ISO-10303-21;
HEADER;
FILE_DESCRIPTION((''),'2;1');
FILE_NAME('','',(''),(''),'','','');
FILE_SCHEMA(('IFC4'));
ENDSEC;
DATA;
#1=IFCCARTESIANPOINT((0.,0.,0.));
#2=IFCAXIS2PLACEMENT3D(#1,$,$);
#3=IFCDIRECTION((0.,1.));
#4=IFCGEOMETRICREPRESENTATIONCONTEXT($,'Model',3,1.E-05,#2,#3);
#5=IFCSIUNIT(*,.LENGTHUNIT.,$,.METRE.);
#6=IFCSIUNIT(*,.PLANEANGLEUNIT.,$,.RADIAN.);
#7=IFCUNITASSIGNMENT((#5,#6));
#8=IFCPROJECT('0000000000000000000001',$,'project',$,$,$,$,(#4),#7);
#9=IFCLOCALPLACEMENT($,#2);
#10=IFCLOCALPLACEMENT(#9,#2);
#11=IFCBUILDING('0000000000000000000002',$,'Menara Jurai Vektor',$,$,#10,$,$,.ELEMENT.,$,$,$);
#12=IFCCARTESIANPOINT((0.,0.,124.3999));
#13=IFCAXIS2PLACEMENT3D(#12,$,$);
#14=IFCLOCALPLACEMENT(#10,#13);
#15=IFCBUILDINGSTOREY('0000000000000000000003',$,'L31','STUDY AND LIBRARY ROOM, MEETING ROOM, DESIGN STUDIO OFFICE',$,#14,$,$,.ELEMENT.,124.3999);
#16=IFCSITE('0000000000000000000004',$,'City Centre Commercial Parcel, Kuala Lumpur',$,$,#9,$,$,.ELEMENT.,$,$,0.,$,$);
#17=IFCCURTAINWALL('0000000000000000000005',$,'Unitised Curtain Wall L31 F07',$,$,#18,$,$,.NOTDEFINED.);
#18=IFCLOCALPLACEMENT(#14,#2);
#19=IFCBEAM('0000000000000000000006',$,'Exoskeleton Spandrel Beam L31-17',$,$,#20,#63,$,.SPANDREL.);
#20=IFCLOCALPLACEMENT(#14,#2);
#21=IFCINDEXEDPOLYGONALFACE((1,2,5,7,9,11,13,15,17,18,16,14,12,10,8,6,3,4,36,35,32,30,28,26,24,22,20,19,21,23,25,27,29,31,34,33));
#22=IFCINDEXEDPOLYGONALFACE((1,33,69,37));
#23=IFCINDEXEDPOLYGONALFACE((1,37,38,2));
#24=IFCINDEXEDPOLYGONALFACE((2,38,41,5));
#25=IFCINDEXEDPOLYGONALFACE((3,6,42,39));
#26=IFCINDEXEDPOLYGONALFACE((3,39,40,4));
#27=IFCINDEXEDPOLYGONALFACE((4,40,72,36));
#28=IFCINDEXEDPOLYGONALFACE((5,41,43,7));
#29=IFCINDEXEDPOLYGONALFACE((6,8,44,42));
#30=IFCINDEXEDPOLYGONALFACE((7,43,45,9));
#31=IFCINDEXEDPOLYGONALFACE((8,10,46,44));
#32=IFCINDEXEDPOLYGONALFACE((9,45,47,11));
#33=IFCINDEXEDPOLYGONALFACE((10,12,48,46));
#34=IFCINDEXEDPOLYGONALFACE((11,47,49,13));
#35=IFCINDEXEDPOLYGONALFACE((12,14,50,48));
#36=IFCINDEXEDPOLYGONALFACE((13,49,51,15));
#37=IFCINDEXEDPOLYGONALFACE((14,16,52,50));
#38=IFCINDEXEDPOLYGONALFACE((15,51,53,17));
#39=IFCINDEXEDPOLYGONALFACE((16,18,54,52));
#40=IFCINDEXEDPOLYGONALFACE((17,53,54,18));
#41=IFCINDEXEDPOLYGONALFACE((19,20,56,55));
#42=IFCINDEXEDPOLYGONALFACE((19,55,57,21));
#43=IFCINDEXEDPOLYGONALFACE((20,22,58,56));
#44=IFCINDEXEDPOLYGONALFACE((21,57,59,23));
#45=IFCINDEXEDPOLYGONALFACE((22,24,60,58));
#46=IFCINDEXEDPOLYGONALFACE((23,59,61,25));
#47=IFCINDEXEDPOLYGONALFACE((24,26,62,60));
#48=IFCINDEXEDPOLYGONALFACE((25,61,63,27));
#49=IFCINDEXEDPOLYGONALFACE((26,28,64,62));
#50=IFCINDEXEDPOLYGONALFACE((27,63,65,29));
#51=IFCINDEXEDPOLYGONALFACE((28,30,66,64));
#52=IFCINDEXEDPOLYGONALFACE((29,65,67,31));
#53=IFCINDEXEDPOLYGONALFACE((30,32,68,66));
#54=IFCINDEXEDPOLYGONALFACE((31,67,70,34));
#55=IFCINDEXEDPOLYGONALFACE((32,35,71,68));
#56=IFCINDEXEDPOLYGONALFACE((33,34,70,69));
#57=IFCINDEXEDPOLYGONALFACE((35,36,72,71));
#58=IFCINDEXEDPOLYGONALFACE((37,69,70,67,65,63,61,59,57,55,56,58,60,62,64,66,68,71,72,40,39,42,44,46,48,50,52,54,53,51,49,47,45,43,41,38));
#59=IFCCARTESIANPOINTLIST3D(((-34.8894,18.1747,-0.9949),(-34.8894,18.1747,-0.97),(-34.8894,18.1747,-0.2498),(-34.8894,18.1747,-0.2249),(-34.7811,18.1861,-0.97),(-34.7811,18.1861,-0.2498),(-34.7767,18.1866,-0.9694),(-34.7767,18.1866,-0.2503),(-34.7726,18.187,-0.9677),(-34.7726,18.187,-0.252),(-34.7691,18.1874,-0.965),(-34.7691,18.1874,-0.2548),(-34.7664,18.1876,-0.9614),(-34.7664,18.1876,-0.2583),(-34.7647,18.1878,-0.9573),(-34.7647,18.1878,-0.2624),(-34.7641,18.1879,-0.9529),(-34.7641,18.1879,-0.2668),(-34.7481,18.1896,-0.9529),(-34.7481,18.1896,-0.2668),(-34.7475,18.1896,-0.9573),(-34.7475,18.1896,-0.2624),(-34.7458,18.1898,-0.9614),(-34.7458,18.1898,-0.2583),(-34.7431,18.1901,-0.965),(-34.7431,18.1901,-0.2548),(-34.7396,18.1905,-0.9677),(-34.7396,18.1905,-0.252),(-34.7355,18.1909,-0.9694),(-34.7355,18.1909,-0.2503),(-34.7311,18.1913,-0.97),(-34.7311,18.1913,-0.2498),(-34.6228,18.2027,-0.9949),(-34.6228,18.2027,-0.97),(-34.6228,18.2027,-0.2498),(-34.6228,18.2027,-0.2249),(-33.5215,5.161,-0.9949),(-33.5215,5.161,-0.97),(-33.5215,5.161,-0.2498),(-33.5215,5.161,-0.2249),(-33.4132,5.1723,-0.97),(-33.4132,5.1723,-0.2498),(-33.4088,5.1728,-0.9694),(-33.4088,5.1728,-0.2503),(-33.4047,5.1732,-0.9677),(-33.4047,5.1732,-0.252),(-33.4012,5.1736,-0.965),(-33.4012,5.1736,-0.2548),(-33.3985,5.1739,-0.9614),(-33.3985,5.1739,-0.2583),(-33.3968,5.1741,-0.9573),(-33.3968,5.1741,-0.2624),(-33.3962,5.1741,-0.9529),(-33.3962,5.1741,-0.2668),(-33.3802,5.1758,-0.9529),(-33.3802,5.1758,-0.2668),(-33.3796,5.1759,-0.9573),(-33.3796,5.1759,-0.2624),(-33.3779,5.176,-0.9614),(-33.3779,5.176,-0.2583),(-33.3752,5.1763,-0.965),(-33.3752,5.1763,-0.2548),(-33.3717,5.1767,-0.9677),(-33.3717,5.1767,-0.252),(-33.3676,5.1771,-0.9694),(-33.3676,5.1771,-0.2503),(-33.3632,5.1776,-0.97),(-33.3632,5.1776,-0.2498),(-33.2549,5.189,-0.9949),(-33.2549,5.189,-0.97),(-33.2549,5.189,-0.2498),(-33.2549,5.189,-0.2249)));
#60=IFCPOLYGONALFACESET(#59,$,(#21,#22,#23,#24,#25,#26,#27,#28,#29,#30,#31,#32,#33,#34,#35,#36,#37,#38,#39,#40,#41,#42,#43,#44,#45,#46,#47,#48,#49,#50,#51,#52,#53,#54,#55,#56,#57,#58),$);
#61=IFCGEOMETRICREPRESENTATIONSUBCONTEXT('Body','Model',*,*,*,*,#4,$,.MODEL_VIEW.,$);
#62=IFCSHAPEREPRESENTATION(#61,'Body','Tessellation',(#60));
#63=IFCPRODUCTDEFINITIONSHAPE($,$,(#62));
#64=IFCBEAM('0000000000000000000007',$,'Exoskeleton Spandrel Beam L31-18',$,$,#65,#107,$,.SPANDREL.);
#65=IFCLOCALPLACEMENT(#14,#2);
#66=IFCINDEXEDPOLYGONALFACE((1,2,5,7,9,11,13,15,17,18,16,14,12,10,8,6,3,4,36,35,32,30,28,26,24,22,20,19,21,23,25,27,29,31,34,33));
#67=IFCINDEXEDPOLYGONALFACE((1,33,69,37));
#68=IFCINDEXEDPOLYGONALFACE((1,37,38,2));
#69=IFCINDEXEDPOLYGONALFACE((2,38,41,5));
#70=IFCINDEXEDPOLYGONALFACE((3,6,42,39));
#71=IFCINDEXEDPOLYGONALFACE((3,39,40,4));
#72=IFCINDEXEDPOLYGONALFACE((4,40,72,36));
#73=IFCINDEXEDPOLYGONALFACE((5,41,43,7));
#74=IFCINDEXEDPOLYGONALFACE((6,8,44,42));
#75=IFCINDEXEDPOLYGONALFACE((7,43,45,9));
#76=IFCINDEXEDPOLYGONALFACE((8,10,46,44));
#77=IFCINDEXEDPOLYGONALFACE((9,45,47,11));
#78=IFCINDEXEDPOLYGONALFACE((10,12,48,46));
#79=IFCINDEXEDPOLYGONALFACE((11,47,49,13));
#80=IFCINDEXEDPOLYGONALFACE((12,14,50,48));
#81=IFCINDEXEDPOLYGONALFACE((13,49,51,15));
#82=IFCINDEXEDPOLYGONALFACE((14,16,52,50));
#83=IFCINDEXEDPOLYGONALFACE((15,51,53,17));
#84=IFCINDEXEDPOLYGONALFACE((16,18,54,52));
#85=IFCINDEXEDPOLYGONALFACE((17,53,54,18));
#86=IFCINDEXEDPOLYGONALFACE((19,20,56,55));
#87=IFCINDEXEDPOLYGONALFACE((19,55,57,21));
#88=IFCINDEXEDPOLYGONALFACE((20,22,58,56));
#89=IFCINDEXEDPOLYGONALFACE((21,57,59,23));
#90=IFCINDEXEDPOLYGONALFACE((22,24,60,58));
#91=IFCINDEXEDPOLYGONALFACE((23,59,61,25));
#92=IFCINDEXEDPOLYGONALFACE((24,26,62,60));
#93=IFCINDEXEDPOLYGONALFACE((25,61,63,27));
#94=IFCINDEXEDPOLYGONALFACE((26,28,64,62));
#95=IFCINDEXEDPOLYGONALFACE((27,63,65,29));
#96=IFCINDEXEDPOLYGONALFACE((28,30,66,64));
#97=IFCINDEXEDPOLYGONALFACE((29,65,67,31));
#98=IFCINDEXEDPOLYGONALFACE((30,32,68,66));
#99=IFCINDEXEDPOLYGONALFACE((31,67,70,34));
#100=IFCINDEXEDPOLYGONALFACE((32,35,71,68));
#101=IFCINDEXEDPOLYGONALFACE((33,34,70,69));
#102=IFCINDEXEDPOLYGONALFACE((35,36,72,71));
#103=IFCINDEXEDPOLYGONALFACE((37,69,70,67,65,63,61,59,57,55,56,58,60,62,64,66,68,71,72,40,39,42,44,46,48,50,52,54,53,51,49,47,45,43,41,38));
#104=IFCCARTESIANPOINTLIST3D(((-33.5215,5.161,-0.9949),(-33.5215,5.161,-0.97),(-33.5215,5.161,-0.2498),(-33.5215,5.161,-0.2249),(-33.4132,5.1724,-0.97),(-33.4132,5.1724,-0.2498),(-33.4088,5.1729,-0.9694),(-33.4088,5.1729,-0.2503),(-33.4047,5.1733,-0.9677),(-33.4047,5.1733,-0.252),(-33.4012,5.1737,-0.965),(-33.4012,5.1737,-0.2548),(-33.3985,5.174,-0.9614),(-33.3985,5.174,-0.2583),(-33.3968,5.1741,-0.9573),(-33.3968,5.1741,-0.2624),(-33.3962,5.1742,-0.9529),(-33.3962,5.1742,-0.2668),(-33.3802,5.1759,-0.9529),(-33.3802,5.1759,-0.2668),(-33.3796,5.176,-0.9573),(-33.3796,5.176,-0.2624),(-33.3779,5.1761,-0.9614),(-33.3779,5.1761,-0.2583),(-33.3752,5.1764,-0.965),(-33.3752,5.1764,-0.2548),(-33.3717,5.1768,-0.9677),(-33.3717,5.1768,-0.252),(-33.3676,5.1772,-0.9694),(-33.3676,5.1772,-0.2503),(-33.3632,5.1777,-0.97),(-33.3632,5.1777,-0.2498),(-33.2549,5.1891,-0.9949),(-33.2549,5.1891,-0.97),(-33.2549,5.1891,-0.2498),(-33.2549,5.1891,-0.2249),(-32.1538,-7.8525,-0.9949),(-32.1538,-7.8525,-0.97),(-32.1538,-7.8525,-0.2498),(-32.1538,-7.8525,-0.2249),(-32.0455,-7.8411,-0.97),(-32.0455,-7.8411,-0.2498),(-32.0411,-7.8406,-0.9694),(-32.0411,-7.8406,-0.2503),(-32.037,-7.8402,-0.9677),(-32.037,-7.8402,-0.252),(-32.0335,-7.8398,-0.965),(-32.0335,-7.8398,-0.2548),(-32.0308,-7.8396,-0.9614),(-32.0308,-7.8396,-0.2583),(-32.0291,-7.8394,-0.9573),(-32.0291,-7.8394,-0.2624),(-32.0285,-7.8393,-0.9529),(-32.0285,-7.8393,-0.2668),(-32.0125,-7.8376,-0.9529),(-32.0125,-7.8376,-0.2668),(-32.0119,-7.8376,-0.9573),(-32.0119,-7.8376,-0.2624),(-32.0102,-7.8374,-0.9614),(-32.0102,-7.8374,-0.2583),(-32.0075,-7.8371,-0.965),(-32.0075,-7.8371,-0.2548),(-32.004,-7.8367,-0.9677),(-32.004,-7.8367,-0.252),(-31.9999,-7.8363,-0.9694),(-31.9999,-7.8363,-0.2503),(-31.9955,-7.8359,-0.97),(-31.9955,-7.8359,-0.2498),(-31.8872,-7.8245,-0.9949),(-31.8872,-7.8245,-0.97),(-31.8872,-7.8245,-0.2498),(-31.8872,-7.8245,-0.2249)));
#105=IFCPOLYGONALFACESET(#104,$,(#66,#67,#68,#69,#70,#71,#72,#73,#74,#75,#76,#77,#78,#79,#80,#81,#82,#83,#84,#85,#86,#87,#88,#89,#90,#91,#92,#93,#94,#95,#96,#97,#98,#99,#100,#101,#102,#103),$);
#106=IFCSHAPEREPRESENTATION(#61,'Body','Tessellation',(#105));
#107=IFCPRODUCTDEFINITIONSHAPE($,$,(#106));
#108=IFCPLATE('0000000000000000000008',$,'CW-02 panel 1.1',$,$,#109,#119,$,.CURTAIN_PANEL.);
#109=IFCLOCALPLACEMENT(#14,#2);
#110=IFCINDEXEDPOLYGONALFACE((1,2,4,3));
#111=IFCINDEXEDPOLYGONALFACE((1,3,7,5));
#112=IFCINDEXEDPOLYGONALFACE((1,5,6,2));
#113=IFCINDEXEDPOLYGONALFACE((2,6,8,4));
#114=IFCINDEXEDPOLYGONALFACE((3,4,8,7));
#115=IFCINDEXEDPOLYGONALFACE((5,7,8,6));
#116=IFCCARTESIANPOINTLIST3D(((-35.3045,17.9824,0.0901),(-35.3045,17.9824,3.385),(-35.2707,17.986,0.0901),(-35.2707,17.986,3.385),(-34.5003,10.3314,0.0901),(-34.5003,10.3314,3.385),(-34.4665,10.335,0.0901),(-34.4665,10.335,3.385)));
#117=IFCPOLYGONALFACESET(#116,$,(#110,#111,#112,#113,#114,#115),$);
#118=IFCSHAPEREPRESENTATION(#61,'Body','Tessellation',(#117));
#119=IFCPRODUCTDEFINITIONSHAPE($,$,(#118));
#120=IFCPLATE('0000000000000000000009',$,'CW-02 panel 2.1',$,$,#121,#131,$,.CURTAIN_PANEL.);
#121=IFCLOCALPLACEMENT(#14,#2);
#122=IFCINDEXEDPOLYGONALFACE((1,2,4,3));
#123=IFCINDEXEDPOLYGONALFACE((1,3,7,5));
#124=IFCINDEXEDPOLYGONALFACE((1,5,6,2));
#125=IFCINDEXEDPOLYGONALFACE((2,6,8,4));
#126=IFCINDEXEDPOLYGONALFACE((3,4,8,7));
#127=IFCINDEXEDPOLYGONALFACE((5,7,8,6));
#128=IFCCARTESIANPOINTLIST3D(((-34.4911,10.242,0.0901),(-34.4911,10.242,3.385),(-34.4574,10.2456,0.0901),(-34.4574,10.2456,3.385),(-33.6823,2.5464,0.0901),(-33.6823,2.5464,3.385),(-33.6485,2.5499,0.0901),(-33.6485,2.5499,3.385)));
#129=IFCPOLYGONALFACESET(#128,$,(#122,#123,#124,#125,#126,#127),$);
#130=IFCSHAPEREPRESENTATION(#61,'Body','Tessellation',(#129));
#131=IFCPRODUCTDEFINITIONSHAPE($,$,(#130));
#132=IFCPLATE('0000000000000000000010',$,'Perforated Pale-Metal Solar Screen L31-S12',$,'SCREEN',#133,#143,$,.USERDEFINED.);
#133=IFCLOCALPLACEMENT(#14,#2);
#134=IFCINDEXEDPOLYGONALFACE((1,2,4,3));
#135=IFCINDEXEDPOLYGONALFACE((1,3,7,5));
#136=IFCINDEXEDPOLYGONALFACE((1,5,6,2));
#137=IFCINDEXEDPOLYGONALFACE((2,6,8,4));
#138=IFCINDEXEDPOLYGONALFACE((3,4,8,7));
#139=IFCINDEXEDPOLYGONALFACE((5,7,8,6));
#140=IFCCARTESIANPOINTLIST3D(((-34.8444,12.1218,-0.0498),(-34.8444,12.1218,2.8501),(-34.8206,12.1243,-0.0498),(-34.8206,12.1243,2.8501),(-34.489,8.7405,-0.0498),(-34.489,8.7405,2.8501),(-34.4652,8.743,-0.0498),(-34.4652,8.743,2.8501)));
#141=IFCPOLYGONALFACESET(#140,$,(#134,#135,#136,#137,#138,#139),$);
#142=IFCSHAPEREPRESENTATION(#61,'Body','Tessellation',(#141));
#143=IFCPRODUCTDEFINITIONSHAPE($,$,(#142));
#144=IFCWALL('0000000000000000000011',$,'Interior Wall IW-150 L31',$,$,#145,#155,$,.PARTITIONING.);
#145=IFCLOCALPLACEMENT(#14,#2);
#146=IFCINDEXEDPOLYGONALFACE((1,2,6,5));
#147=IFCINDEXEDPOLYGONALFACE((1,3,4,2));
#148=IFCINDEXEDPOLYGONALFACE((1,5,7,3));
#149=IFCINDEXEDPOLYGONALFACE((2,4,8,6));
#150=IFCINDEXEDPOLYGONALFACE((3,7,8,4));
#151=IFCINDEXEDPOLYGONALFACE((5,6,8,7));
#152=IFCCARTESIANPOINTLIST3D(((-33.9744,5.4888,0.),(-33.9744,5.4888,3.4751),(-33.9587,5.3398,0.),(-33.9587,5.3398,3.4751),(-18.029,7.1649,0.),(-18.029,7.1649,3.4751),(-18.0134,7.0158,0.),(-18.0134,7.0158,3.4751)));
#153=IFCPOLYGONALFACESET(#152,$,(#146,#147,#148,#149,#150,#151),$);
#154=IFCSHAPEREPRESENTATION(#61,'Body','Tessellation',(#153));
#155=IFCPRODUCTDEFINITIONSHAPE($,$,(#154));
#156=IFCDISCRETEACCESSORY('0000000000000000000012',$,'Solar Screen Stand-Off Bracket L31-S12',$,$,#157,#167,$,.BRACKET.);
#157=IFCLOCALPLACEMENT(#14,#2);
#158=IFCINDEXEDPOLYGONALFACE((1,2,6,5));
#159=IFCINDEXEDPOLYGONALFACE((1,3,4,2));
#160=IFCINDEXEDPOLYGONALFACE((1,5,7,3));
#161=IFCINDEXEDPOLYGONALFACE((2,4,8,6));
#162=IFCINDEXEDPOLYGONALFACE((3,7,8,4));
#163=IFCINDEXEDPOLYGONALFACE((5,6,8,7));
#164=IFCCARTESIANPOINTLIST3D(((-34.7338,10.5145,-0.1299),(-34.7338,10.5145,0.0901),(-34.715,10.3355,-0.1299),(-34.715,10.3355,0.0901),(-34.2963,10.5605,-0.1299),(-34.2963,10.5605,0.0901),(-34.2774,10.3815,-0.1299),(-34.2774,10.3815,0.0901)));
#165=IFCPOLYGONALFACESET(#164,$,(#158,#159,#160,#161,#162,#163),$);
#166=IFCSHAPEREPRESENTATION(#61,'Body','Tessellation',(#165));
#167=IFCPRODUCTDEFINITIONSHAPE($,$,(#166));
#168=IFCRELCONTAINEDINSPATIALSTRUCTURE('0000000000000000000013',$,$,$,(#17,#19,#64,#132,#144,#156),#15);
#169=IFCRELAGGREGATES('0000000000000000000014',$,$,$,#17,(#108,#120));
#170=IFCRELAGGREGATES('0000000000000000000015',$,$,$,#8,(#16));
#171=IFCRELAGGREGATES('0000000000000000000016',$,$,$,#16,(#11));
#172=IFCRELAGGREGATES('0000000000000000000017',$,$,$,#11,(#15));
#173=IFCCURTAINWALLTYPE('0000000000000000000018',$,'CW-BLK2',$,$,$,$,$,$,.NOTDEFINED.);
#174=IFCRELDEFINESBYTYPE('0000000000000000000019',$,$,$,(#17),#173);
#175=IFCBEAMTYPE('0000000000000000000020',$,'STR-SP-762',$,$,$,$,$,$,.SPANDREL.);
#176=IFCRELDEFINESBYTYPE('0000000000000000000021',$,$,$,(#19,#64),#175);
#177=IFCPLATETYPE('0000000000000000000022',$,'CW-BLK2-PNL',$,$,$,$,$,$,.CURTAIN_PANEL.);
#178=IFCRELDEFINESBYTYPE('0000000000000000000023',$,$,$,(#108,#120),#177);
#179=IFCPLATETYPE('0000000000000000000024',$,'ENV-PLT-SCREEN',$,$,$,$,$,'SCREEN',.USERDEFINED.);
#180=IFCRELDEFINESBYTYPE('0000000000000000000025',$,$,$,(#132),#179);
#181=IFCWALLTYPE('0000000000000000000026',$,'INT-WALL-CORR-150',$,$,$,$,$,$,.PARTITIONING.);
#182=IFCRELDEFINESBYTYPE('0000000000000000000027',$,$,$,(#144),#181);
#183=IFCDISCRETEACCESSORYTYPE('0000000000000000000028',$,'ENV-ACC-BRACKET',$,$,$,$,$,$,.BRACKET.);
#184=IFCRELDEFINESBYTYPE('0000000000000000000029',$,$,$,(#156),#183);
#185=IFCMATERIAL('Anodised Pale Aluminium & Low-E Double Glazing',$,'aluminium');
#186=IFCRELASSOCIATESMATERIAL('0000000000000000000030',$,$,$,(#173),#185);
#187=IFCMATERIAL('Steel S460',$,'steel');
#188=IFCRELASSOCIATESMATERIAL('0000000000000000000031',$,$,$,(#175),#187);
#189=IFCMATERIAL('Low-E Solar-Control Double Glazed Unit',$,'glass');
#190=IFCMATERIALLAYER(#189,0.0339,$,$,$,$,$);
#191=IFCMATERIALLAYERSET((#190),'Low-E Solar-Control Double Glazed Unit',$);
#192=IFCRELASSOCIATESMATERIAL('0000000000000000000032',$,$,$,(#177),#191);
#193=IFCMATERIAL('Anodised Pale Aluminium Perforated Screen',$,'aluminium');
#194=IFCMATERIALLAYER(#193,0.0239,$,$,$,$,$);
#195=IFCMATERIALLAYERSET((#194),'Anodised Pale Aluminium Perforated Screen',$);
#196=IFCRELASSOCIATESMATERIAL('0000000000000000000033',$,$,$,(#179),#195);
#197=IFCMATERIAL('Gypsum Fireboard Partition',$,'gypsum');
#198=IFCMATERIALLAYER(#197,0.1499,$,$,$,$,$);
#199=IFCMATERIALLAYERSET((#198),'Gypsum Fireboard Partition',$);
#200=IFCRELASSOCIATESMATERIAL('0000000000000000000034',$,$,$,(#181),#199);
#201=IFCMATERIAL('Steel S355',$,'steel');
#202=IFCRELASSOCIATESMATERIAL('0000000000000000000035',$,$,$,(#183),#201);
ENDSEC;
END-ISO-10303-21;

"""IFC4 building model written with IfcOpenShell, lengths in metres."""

from ifc_helpers import new_model, si_unit, direction, frame, frame_2d, origin, origin_2d, place, context, subcontext, project, spatial, rectangle, i_section, extrude, material, layer, layer_set, material_profile, profile_set, type_object, element, aggregate, save


model = new_model("IFC4")

# Units and contexts
model_context = context("Model", 3, precision=1e-05, world=origin(), true_north=direction((0.0, 1.0)))
body_context = subcontext(model_context, "Body", "Model", "MODEL_VIEW")
ifc_project = project(units=[si_unit("LENGTHUNIT", "METRE"), si_unit("PLANEANGLEUNIT", "RADIAN")], contexts=[model_context])

# Site, building, storey
site_placement = place(None, origin())
site = spatial("IfcSite", under=ifc_project, at=site_placement, Name="City Centre Commercial Parcel, Kuala Lumpur", CompositionType="ELEMENT", RefElevation=0.0)
building_placement = place(site_placement, origin())
building = spatial("IfcBuilding", under=site, at=building_placement, Name="Menara Jurai Vektor", CompositionType="ELEMENT")
storey_placement = place(building_placement, frame((0.0, 0.0, 124.3999)))
storey = spatial("IfcBuildingStorey", under=building, at=storey_placement, Name="L31", Description="STUDY AND LIBRARY ROOM, MEETING ROOM, DESIGN STUDIO OFFICE", CompositionType="ELEMENT", Elevation=124.3999)

# Shared definitions
ifc_material_1 = material(Name="Steel S460", Category="steel")

# Curtain wall
ifc_material_2 = material(Name="Anodised Pale Aluminium & Low-E Double Glazing", Category="aluminium")
curtain_wall_type = type_object("IfcCurtainWallType", Name="CW-BLK2", PredefinedType="NOTDEFINED", material=ifc_material_2)
curtain_wall_placement = place(storey_placement, origin())
curtain_wall = element("IfcCurtainWall", 1, at=curtain_wall_placement, inside=storey, type_object=curtain_wall_type, Name="Unitised Curtain Wall L31 F07", PredefinedType="NOTDEFINED")

# Beams
ifc_material_3 = material(Name="Steel S355", Category="steel")
ifc_material_profile_1 = material_profile(ifc_material_1, i_section(OverallWidth=0.2681, OverallDepth=0.77, WebThickness=0.0161, FlangeThickness=0.0249, FilletRadius=0.0171, at=origin_2d()), Name="UKB 762x267x197")
ifc_profile_set_1 = profile_set([ifc_material_profile_1], Name="Steel S460")
beam_type_1 = type_object("IfcBeamType", Name="STR-SP-762", PredefinedType="SPANDREL", material=ifc_profile_set_1)
beam_1_placement = place(storey_placement, frame((-34.7561, 18.1887, -0.6099), z_axis=(0.104538, -0.994521, 0.0), x_axis=(0.994521, 0.104538, 0.0)))
element("IfcBeam", 2, at=beam_1_placement, inside=storey, type_object=beam_type_1, Name="Exoskeleton Spandrel Beam L31-17", PredefinedType="SPANDREL", context=body_context, shape_type="SweptSolid", body=[
    extrude(i_section(OverallWidth=0.2681, OverallDepth=0.77, WebThickness=0.0161, FlangeThickness=0.0249, FilletRadius=0.0171, at=origin_2d()), origin(), (0.0, 0.0, 1.0), 13.0854),
])
beam_2_placement = place(storey_placement, frame((-33.3882, 5.175, -0.6099), z_axis=(0.104522, -0.994523, 0.0), x_axis=(0.994523, 0.104522, 0.0)))
element("IfcBeam", 3, at=beam_2_placement, inside=storey, type_object=beam_type_1, Name="Exoskeleton Spandrel Beam L31-18", PredefinedType="SPANDREL", context=body_context, shape_type="SweptSolid", body=[
    extrude(i_section(OverallWidth=0.2681, OverallDepth=0.77, WebThickness=0.0161, FlangeThickness=0.0249, FilletRadius=0.0171, at=origin_2d()), origin(), (0.0, 0.0, 1.0), 13.0852),
])

# Plates
ifc_material_4 = material(Name="Low-E Solar-Control Double Glazed Unit", Category="glass")
ifc_layer_1 = layer(ifc_material_4, 0.0339)
ifc_layer_set_1 = layer_set([ifc_layer_1], Name="Low-E Solar-Control Double Glazed Unit")
plate_type_1 = type_object("IfcPlateType", Name="CW-BLK2-PNL", PredefinedType="CURTAIN_PANEL", material=ifc_layer_set_1)
plate_1_placement = place(storey_placement, frame((-34.8855, 14.1587, 0.0901), z_axis=(0.0, 0.0, 1.0), x_axis=(0.10453, -0.994522, 0.0)))
plate_1 = element("IfcPlate", 4, at=plate_1_placement, type_object=plate_type_1, Name="CW-02 panel 1.1", PredefinedType="CURTAIN_PANEL", context=body_context, shape_type="SweptSolid", body=[
    extrude(rectangle(XDim=7.6931, YDim=0.0339, at=origin_2d()), origin(), (0.0, 0.0, 1.0), 3.2949),
])
plate_2_placement = place(storey_placement, frame((-34.0698, 6.396, 0.0901), z_axis=(0.0, 0.0, 1.0), x_axis=(0.10453, -0.994522, 0.0)))
plate_2 = element("IfcPlate", 5, at=plate_2_placement, type_object=plate_type_1, Name="CW-02 panel 2.1", PredefinedType="CURTAIN_PANEL", context=body_context, shape_type="SweptSolid", body=[
    extrude(rectangle(XDim=7.738, YDim=0.0339, at=origin_2d()), origin(), (0.0, 0.0, 1.0), 3.2949),
])
aggregate(curtain_wall, [plate_1, plate_2])
ifc_material_5 = material(Name="Anodised Pale Aluminium Perforated Screen", Category="aluminium")
ifc_layer_2 = layer(ifc_material_5, 0.0239)
ifc_layer_set_2 = layer_set([ifc_layer_2], Name="Anodised Pale Aluminium Perforated Screen")
plate_type_2 = type_object("IfcPlateType", Name="ENV-PLT-SCREEN", ElementType="SCREEN", PredefinedType="USERDEFINED", material=ifc_layer_set_2)
plate_3_placement = place(storey_placement, frame((-34.6548, 10.4324, -0.0498), z_axis=(0.0, 0.0, 1.0), x_axis=(0.104528, -0.994522, 0.0)))
element("IfcPlate", 6, at=plate_3_placement, inside=storey, type_object=plate_type_2, Name="Perforated Pale-Metal Solar Screen L31-S12", ObjectType="SCREEN", PredefinedType="USERDEFINED", context=body_context, shape_type="SweptSolid", body=[
    extrude(rectangle(XDim=3.3999, YDim=0.0239, at=origin_2d()), origin(), (0.0, 0.0, 1.0), 2.8999),
])

# Wall
ifc_material_6 = material(Name="Gypsum Fireboard Partition", Category="gypsum")
ifc_layer_3 = layer(ifc_material_6, 0.1499)
ifc_layer_set_3 = layer_set([ifc_layer_3], Name="Gypsum Fireboard Partition")
wall_type = type_object("IfcWallType", Name="INT-WALL-CORR-150", PredefinedType="PARTITIONING", material=ifc_layer_set_3)
wall_placement = place(storey_placement, frame((-33.9666, 5.4143, 0.0), z_axis=(0.0, 0.0, 1.0), x_axis=(0.994521, 0.104535, 0.0)))
element("IfcWall", 7, at=wall_placement, inside=storey, type_object=wall_type, Name="Interior Wall IW-150 L31", PredefinedType="PARTITIONING", context=body_context, shape_type="SweptSolid", body=[
    extrude(rectangle(XDim=16.0332, YDim=0.1499, at=frame_2d((8.0166, 0.0))), origin(), (0.0, 0.0, 1.0), 3.4751),
])

# Discrete accessory
discrete_accessory_type = type_object("IfcDiscreteAccessoryType", Name="ENV-ACC-BRACKET", PredefinedType="BRACKET", material=ifc_material_3)
discrete_accessory_placement = place(storey_placement, frame((-34.5056, 10.448, -0.1299), z_axis=(0.0, 0.0, 1.0), x_axis=(0.104528, -0.994522, 0.0)))
element("IfcDiscreteAccessory", 8, at=discrete_accessory_placement, inside=storey, type_object=discrete_accessory_type, Name="Solar Screen Stand-Off Bracket L31-S12", PredefinedType="BRACKET", context=body_context, shape_type="SweptSolid", body=[
    extrude(rectangle(XDim=0.1799, YDim=0.4399, at=origin_2d()), origin(), (0.0, 0.0, 1.0), 0.22),
])

save(model, "model.ifc")
